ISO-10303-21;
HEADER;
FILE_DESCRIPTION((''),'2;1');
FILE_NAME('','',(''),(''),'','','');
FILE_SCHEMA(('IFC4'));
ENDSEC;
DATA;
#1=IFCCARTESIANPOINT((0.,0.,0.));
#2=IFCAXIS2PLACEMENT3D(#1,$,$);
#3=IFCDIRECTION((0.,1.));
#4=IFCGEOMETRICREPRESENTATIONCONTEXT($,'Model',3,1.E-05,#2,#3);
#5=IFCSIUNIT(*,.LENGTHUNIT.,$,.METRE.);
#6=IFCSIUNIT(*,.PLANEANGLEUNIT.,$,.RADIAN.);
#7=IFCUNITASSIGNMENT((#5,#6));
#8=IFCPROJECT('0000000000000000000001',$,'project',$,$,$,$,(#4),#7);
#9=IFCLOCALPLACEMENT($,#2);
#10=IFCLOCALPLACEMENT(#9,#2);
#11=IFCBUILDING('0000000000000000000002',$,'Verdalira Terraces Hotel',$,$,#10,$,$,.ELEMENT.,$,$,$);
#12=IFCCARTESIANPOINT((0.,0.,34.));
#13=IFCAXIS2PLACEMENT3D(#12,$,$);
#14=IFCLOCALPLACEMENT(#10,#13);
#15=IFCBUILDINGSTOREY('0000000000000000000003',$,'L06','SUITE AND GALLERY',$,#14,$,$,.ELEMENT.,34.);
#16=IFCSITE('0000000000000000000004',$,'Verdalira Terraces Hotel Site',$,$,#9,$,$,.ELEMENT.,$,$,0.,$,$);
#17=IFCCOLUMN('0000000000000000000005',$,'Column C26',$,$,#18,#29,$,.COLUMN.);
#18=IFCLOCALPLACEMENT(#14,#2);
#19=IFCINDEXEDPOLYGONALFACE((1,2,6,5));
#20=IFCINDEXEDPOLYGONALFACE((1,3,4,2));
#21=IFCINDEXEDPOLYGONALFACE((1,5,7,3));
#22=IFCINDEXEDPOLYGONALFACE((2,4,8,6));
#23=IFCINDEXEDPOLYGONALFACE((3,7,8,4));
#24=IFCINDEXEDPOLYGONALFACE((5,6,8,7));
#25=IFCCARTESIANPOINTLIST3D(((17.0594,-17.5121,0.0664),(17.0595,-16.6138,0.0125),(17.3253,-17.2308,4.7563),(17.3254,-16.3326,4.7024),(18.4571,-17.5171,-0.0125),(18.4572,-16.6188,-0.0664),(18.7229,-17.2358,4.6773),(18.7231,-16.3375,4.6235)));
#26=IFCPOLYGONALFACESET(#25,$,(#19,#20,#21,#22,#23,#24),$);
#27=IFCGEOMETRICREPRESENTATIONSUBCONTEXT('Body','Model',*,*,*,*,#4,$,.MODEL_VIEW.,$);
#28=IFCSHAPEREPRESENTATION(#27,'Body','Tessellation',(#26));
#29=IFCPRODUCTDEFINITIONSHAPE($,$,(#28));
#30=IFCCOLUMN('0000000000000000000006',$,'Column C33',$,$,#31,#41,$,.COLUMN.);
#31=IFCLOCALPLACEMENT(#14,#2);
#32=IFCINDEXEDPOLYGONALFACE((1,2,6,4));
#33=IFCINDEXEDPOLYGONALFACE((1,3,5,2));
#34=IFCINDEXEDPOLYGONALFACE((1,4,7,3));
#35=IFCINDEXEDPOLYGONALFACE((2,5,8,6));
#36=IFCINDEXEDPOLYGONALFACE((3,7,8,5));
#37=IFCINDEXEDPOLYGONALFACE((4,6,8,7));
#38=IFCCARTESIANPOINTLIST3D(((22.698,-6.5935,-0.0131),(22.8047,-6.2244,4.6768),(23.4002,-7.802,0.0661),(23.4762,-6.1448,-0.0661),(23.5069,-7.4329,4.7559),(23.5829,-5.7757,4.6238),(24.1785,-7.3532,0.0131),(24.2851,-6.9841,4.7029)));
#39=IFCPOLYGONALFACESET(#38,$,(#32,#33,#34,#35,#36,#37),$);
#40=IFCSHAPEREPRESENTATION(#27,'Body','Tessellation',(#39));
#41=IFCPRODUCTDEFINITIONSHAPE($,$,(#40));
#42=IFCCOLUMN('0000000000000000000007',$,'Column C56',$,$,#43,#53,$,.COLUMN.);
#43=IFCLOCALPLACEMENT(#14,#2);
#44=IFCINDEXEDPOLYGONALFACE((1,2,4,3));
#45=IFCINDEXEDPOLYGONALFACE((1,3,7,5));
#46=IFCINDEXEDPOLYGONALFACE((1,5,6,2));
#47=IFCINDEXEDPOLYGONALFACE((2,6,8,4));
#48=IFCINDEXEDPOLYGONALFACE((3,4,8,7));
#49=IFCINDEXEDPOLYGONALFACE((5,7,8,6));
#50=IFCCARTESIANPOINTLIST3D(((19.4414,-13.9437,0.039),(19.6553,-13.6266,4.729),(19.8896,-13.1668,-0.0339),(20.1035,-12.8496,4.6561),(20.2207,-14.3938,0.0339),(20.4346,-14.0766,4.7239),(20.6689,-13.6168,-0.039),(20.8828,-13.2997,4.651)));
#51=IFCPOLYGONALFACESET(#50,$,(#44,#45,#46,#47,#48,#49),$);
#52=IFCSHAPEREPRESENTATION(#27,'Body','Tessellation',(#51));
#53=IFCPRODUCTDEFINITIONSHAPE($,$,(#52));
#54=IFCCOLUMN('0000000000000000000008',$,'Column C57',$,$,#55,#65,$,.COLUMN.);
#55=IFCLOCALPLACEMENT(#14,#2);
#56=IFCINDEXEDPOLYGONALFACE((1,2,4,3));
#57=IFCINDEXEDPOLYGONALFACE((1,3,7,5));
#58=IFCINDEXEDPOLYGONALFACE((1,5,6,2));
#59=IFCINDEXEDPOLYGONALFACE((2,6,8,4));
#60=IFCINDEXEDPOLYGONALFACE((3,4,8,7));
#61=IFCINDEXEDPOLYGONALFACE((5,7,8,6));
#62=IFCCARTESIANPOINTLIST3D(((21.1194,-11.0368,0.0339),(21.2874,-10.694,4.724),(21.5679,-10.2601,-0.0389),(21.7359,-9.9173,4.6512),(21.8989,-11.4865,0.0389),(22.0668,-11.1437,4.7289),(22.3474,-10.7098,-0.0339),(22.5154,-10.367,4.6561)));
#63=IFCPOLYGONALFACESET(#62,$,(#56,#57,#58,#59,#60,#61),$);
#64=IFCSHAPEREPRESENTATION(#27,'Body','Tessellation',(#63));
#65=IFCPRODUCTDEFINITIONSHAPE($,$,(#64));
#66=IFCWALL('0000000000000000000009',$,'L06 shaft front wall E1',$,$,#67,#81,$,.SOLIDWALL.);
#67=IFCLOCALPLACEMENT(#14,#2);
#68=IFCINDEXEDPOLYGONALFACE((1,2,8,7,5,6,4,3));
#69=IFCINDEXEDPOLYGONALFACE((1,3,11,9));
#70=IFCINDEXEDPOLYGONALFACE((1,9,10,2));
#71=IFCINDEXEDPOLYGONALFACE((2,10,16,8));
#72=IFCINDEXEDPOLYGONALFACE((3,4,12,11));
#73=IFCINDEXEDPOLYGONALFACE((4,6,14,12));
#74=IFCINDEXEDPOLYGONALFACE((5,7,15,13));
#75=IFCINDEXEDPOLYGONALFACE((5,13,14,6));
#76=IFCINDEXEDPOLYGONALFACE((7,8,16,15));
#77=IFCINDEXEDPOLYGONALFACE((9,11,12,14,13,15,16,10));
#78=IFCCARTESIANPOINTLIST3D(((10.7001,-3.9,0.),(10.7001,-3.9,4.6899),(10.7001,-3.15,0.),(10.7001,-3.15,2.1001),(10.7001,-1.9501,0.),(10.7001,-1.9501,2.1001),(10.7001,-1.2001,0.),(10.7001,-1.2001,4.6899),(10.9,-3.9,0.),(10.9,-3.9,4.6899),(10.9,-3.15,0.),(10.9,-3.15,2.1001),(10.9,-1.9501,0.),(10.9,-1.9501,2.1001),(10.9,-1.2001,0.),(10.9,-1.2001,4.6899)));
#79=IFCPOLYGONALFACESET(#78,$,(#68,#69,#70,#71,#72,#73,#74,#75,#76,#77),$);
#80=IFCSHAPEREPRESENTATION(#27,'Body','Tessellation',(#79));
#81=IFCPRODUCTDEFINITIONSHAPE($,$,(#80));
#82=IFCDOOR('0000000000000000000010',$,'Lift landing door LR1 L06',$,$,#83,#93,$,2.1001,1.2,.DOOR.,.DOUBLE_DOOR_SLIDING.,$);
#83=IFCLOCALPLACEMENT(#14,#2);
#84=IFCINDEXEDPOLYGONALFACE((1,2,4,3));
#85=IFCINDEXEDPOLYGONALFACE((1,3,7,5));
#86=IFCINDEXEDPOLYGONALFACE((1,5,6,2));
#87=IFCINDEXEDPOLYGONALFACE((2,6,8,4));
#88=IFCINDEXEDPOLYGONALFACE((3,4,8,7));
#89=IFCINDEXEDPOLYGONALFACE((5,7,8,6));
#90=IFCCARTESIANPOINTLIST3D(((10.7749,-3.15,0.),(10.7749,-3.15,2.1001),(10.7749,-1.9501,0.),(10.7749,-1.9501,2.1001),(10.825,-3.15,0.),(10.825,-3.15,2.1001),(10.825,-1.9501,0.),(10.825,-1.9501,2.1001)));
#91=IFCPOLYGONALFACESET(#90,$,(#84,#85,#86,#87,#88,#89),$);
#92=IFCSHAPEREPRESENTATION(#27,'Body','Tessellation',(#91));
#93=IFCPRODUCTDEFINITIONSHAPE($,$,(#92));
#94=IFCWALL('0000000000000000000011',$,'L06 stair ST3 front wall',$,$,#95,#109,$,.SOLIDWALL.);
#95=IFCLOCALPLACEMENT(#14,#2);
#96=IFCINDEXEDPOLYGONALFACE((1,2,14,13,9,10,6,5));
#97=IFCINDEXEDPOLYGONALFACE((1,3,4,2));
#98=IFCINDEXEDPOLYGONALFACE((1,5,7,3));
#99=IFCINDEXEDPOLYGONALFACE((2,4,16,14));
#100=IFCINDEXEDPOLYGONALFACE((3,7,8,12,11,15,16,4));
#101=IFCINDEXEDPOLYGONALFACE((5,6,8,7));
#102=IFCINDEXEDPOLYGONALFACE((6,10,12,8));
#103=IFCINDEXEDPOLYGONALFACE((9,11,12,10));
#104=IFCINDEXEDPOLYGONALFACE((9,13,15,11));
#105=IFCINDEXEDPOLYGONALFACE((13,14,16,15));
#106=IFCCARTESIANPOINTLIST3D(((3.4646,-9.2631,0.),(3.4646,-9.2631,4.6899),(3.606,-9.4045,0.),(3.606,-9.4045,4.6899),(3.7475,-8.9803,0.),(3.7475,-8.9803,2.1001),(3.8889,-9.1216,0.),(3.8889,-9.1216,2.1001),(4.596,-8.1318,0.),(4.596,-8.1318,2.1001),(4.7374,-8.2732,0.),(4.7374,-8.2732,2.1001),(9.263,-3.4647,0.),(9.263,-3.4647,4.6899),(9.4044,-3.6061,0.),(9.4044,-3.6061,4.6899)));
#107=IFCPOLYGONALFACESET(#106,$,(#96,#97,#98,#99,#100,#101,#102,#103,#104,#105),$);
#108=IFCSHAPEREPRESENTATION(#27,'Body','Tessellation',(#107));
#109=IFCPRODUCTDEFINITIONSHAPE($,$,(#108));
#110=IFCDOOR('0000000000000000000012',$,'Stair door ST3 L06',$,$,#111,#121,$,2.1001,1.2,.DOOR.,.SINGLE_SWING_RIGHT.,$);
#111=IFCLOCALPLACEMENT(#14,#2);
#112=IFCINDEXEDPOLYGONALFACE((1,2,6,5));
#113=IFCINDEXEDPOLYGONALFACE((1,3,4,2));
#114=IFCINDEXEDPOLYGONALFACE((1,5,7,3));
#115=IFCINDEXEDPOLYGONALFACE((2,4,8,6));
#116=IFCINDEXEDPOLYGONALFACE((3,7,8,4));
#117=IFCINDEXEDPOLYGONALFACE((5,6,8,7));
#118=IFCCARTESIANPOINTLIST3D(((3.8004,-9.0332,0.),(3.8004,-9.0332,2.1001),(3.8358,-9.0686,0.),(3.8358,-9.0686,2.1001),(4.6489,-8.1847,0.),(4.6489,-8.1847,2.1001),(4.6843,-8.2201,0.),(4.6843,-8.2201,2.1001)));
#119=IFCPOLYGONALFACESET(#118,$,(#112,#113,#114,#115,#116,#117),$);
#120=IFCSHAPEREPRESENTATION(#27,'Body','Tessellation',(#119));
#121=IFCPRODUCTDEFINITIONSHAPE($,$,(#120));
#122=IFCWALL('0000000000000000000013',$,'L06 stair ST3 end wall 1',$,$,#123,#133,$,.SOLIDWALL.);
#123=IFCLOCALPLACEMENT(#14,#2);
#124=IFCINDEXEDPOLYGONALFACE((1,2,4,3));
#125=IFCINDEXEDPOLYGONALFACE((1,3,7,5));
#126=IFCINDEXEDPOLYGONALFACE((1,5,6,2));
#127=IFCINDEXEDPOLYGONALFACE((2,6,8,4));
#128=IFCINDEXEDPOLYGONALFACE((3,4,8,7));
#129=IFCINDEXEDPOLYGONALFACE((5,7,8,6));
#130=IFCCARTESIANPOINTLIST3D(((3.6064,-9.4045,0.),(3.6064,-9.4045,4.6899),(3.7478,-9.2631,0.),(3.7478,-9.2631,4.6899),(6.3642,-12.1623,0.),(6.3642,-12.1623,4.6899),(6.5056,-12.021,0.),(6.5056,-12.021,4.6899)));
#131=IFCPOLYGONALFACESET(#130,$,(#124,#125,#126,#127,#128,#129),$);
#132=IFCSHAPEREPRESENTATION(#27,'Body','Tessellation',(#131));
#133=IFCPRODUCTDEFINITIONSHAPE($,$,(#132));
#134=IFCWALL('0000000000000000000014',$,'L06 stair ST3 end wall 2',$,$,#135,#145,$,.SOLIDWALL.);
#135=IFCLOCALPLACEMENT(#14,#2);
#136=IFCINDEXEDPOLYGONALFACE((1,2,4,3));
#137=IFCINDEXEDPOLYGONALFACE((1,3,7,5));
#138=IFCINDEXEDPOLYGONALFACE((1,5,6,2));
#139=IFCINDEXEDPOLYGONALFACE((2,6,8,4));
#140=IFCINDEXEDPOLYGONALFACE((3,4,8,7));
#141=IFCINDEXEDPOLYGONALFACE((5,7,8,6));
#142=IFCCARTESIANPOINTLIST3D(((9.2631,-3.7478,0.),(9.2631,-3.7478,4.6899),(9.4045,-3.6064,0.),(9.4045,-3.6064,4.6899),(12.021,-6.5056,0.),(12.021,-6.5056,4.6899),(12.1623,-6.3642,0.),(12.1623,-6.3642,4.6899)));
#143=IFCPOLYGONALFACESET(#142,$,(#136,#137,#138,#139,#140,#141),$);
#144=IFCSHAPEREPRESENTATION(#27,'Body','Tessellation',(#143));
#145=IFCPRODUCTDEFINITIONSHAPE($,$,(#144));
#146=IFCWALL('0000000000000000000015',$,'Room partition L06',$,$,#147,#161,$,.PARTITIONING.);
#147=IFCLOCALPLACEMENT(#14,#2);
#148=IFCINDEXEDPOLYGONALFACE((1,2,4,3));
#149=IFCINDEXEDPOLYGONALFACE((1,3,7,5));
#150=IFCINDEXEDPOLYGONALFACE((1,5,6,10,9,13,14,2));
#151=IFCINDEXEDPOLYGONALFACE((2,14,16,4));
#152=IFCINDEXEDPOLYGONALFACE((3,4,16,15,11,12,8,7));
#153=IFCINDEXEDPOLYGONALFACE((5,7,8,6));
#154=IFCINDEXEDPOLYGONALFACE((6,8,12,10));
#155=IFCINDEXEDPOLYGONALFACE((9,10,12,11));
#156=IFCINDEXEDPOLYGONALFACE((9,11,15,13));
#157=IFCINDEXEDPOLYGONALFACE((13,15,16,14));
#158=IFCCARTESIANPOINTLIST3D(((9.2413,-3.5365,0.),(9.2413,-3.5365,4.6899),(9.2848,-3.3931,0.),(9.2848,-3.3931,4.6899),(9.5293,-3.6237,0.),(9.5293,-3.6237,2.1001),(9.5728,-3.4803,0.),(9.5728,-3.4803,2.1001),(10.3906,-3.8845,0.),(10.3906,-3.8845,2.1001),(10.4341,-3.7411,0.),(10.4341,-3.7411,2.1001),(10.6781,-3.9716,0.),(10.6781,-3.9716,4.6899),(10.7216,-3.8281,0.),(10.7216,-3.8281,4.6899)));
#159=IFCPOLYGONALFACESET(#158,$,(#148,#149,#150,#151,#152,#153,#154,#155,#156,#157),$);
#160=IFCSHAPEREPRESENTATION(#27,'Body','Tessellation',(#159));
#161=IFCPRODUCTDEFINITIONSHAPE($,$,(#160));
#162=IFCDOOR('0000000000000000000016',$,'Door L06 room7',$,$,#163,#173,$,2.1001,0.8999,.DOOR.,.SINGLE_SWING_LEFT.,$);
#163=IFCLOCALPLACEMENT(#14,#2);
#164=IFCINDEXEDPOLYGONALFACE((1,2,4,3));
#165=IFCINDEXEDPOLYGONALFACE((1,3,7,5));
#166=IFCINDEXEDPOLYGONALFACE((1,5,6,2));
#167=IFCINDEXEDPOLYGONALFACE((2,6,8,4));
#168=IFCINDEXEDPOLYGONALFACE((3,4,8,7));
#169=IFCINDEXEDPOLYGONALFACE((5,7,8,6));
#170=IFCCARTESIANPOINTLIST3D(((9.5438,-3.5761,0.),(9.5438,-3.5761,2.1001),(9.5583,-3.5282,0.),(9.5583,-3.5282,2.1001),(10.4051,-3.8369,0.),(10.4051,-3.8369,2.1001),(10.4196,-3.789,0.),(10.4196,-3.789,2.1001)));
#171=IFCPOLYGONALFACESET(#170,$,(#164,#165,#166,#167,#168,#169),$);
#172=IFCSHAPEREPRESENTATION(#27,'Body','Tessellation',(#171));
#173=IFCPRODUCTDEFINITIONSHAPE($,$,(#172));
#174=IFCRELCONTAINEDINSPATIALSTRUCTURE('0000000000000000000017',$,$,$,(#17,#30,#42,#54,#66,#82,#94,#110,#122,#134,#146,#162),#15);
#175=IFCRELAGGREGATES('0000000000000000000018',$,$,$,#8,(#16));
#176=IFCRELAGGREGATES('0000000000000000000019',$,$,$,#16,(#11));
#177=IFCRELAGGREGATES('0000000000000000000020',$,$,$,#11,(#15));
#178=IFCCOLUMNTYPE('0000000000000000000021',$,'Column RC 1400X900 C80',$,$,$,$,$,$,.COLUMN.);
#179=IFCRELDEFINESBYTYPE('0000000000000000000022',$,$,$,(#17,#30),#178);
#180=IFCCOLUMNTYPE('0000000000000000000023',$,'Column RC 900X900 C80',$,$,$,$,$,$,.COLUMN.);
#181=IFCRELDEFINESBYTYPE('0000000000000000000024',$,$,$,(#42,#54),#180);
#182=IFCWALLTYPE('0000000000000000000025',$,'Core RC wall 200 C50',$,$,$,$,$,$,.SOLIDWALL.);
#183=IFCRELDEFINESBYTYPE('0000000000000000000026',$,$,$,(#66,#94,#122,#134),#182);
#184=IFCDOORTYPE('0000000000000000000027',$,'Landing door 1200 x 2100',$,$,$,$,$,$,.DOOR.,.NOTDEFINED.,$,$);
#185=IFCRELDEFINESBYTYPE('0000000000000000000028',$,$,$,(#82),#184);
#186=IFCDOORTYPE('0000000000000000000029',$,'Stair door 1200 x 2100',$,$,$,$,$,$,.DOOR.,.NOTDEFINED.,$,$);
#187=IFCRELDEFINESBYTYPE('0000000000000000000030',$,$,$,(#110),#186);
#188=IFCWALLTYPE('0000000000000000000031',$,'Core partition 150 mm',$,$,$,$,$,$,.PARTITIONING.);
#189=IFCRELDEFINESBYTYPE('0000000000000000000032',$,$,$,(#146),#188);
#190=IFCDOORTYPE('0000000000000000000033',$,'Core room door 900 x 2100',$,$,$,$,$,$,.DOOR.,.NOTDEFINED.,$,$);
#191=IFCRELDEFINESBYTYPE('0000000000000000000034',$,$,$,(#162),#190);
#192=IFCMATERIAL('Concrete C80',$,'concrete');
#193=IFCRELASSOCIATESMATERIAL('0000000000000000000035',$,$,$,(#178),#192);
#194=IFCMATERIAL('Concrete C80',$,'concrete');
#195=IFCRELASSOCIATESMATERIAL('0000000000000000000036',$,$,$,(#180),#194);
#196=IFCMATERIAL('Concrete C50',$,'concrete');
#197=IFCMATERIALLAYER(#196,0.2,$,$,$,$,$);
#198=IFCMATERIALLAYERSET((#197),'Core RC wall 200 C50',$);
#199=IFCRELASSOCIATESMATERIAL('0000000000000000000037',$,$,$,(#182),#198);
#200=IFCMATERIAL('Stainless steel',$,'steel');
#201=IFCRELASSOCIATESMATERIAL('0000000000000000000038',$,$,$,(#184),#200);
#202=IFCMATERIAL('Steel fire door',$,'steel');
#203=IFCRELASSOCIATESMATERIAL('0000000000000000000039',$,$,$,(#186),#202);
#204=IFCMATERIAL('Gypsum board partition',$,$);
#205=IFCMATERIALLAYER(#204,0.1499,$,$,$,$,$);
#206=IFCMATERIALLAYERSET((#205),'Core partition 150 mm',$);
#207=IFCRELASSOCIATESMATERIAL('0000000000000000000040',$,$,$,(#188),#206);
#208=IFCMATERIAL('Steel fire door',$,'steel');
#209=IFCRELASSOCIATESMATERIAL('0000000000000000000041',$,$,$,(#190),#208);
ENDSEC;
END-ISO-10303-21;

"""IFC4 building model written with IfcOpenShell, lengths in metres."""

from ifc_helpers import new_model, si_unit, direction, frame, frame_2d, origin, origin_2d, place, context, subcontext, project, spatial, rectangle, extrude, material, layer, layer_set, material_profile, profile_set, type_object, element, fill, save


model = new_model("IFC4")

# Units and contexts
model_context = context("Model", 3, precision=1e-05, world=origin(), true_north=direction((0.0, 1.0)))
body_context = subcontext(model_context, "Body", "Model", "MODEL_VIEW")
ifc_project = project(units=[si_unit("LENGTHUNIT", "METRE"), si_unit("PLANEANGLEUNIT", "RADIAN")], contexts=[model_context])

# Site, building, storey
site_placement = place(None, origin())
site = spatial("IfcSite", under=ifc_project, at=site_placement, Name="Verdalira Terraces Hotel Site", CompositionType="ELEMENT", RefElevation=0.0)
building_placement = place(site_placement, origin())
building = spatial("IfcBuilding", under=site, at=building_placement, Name="Verdalira Terraces Hotel", CompositionType="ELEMENT")
storey_placement = place(building_placement, frame((0.0, 0.0, 34.0)))
storey = spatial("IfcBuildingStorey", under=building, at=storey_placement, Name="L06", Description="SUITE AND GALLERY", CompositionType="ELEMENT", Elevation=34.0)

# Columns
ifc_material_1 = material(Name="Concrete C80", Category="concrete")
ifc_material_profile_1 = material_profile(ifc_material_1, rectangle(XDim=1.3999, YDim=0.8999, at=origin_2d()), Name="RC 1400X900")
ifc_profile_set_1 = profile_set([ifc_material_profile_1], Name="Concrete C80")
column_type_1 = type_object("IfcColumnType", Name="Column RC 1400X900 C80", PredefinedType="COLUMN", material=ifc_profile_set_1)
column_1_placement = place(storey_placement, frame((17.7583, -17.0654, 0.0), z_axis=(0.056497, 0.059766, 0.996612), x_axis=(-0.998403, 0.003547, 0.056386)))
element("IfcColumn", 1, at=column_1_placement, inside=storey, type_object=column_type_1, Name="Column C26", PredefinedType="COLUMN", context=body_context, shape_type="SweptSolid", body=[
    extrude(rectangle(XDim=1.3999, YDim=0.8999, at=origin_2d()), origin(), (0.0, 0.0, 1.0), 4.7058),
])
column_2_placement = place(storey_placement, frame((23.4382, -6.9734, 0.0), z_axis=(0.022673, 0.078446, 0.996661), x_axis=(0.501613, -0.863243, 0.056534)))
element("IfcColumn", 2, at=column_2_placement, inside=storey, type_object=column_type_1, Name="Column C33", PredefinedType="COLUMN", context=body_context, shape_type="SweptSolid", body=[
    extrude(rectangle(XDim=1.3999, YDim=0.8999, at=origin_2d()), origin(), (0.0, 0.0, 1.0), 4.7056),
])
ifc_material_2 = material(Name="Concrete C80", Category="concrete")
ifc_material_profile_2 = material_profile(ifc_material_2, rectangle(XDim=0.8999, YDim=0.8999, at=origin_2d()), Name="RC 900X900")
ifc_profile_set_2 = profile_set([ifc_material_profile_2], Name="Concrete C80")
column_type_2 = type_object("IfcColumnType", Name="Column RC 900X900 C80", PredefinedType="COLUMN", material=ifc_profile_set_2)
for number, where, z_axis, x_axis, name in (
    (3, (20.0552, -13.7803, 0.0), (0.04545, 0.067397, 0.99669), (0.865948, -0.500101, -0.005671), "Column C56"),
    (4, (21.7334, -10.8733, 0.0), (0.035697, 0.072846, 0.996704), (0.866175, -0.49971, 0.0055), "Column C57"),
):
    element("IfcColumn", number, at=place(storey_placement, frame(where, z_axis=z_axis, x_axis=x_axis)), inside=storey, type_object=column_type_2, Name=name, PredefinedType="COLUMN", context=body_context, shape_type="SweptSolid", body=[
        extrude(rectangle(XDim=0.8999, YDim=0.8999, at=origin_2d()), origin(), (0.0, 0.0, 1.0), 4.7056),
    ])

# Walls, openings, doors
ifc_material_3 = material(Name="Concrete C50", Category="concrete")
ifc_layer_1 = layer(ifc_material_3, 0.2)
ifc_layer_set_1 = layer_set([ifc_layer_1], Name="Core RC wall 200 C50")
wall_type_1 = type_object("IfcWallType", Name="Core RC wall 200 C50", PredefinedType="SOLIDWALL", material=ifc_layer_set_1)
wall_1_placement = place(storey_placement, frame((10.8, -1.2, 0.0), z_axis=(0.0, 0.0, 1.0), x_axis=(0.0, -1.0, 0.0)))
wall_1 = element("IfcWall", 5, at=wall_1_placement, inside=storey, type_object=wall_type_1, Name="L06 shaft front wall E1", PredefinedType="SOLIDWALL", context=body_context, shape_type="SweptSolid", body=[
    extrude(rectangle(XDim=2.7, YDim=0.2, at=frame_2d((1.3501, 0.0))), origin(), (0.0, 0.0, 1.0), 4.6899),
])
opening_1_placement = place(wall_1_placement, frame((0.75, 0.0, 0.0)))
opening_1 = element("IfcOpeningElement", 6, at=opening_1_placement, cuts=wall_1, PredefinedType="OPENING", context=body_context, shape_type="SweptSolid", body=[
    extrude(rectangle(XDim=1.2, YDim=2.1001, at=frame_2d((0.6001, 1.05))), frame((0.0, 0.1099, 0.0), z_axis=(0.0, -1.0, 0.0), x_axis=(1.0, 0.0, 0.0)), (0.0, 0.0, 1.0), 0.22),
])
ifc_material_4 = material(Name="Stainless steel", Category="steel")
door_type_1 = type_object("IfcDoorType", Name="Landing door 1200 x 2100", OperationType="NOTDEFINED", PredefinedType="DOOR", material=ifc_material_4)
door_1_placement = place(opening_1_placement, origin())
door_1 = element("IfcDoor", 7, at=door_1_placement, inside=storey, type_object=door_type_1, Name="Lift landing door LR1 L06", OperationType="DOUBLE_DOOR_SLIDING", OverallHeight=2.1001, OverallWidth=1.2, PredefinedType="DOOR", context=body_context, shape_type="SweptSolid", body=[
    extrude(rectangle(XDim=1.2, YDim=2.1001, at=frame_2d((0.6001, 1.05))), frame((0.0, 0.0249, 0.0), z_axis=(0.0, -1.0, 0.0), x_axis=(1.0, 0.0, 0.0)), (0.0, 0.0, 1.0), 0.05),
])
fill(opening_1, door_1)
wall_2_placement = place(storey_placement, frame((9.3337, -3.5354, 0.0), z_axis=(0.0, 0.0, 1.0), x_axis=(-0.707107, -0.707107, 0.0)))
wall_2 = element("IfcWall", 8, at=wall_2_placement, inside=storey, type_object=wall_type_1, Name="L06 stair ST3 front wall", PredefinedType="SOLIDWALL", context=body_context, shape_type="SweptSolid", body=[
    extrude(rectangle(XDim=8.2002, YDim=0.2, at=frame_2d((4.1001, 0.0))), origin(), (0.0, 0.0, 1.0), 4.6899),
])
opening_2_placement = place(wall_2_placement, frame((6.6001, 0.0, 0.0)))
opening_2 = element("IfcOpeningElement", 9, at=opening_2_placement, cuts=wall_2, PredefinedType="OPENING", context=body_context, shape_type="SweptSolid", body=[
    extrude(rectangle(XDim=1.2, YDim=2.1001, at=frame_2d((0.6001, 1.05))), frame((0.0, 0.1099, 0.0), z_axis=(0.0, -1.0, 0.0), x_axis=(1.0, 0.0, 0.0)), (0.0, 0.0, 1.0), 0.22),
])
ifc_material_5 = material(Name="Steel fire door", Category="steel")
door_type_2 = type_object("IfcDoorType", Name="Stair door 1200 x 2100", OperationType="NOTDEFINED", PredefinedType="DOOR", material=ifc_material_5)
door_2_placement = place(opening_2_placement, origin())
door_2 = element("IfcDoor", 10, at=door_2_placement, inside=storey, type_object=door_type_2, Name="Stair door ST3 L06", OperationType="SINGLE_SWING_RIGHT", OverallHeight=2.1001, OverallWidth=1.2, PredefinedType="DOOR", context=body_context, shape_type="SweptSolid", body=[
    extrude(rectangle(XDim=1.2, YDim=2.1001, at=frame_2d((0.6001, 1.05))), frame((0.0, 0.0249, 0.0), z_axis=(0.0, -1.0, 0.0), x_axis=(1.0, 0.0, 0.0)), (0.0, 0.0, 1.0), 0.05),
])
fill(opening_2, door_2)

# Walls
for number, where, z_axis, x_axis, name in (
    (11, (3.677, -9.3337, 0.0), (0.0, 0.0, 1.0), (0.707107, -0.707107, 0.0), "L06 stair ST3 end wall 1"),
    (12, (9.3337, -3.677, 0.0), (0.0, 0.0, 1.0), (0.707107, -0.707107, 0.0), "L06 stair ST3 end wall 2"),
):
    element("IfcWall", number, at=place(storey_placement, frame(where, z_axis=z_axis, x_axis=x_axis)), inside=storey, type_object=wall_type_1, Name=name, PredefinedType="SOLIDWALL", context=body_context, shape_type="SweptSolid", body=[
        extrude(rectangle(XDim=3.9001, YDim=0.2, at=frame_2d((1.9502, 0.0))), origin(), (0.0, 0.0, 1.0), 4.6899),
    ])

# Wall, opening, door
ifc_material_6 = material(Name="Gypsum board partition")
ifc_layer_2 = layer(ifc_material_6, 0.1499)
ifc_layer_set_2 = layer_set([ifc_layer_2], Name="Core partition 150 mm")
wall_type_2 = type_object("IfcWallType", Name="Core partition 150 mm", PredefinedType="PARTITIONING", material=ifc_layer_set_2)
wall_3_placement = place(storey_placement, frame((9.2632, -3.4648, 0.0), z_axis=(0.0, 0.0, 1.0), x_axis=(0.957085, -0.289809, 0.0)))
wall_3 = element("IfcWall", 13, at=wall_3_placement, inside=storey, type_object=wall_type_2, Name="Room partition L06", PredefinedType="PARTITIONING", context=body_context, shape_type="SweptSolid", body=[
    extrude(rectangle(XDim=1.5012, YDim=0.1499, at=frame_2d((0.7505, 0.0))), origin(), (0.0, 0.0, 1.0), 4.6899),
])
opening_3_placement = place(wall_3_placement, frame((0.3008, 0.0, 0.0)))
opening_3 = element("IfcOpeningElement", 14, at=opening_3_placement, cuts=wall_3, PredefinedType="OPENING", context=body_context, shape_type="SweptSolid", body=[
    extrude(rectangle(XDim=0.8999, YDim=2.1001, at=frame_2d((0.45, 1.05))), frame((0.0, 0.085, 0.0), z_axis=(0.0, -1.0, 0.0), x_axis=(1.0, 0.0, 0.0)), (0.0, 0.0, 1.0), 0.1699),
])
ifc_material_7 = material(Name="Steel fire door", Category="steel")
door_type_3 = type_object("IfcDoorType", Name="Core room door 900 x 2100", OperationType="NOTDEFINED", PredefinedType="DOOR", material=ifc_material_7)
door_3_placement = place(opening_3_placement, origin())
door_3 = element("IfcDoor", 15, at=door_3_placement, inside=storey, type_object=door_type_3, Name="Door L06 room7", OperationType="SINGLE_SWING_LEFT", OverallHeight=2.1001, OverallWidth=0.8999, PredefinedType="DOOR", context=body_context, shape_type="SweptSolid", body=[
    extrude(rectangle(XDim=0.8999, YDim=2.1001, at=frame_2d((0.45, 1.05))), frame((0.0, 0.0249, 0.0), z_axis=(0.0, -1.0, 0.0), x_axis=(1.0, 0.0, 0.0)), (0.0, 0.0, 1.0), 0.05),
])
fill(opening_3, door_3)

save(model, "model.ifc")
